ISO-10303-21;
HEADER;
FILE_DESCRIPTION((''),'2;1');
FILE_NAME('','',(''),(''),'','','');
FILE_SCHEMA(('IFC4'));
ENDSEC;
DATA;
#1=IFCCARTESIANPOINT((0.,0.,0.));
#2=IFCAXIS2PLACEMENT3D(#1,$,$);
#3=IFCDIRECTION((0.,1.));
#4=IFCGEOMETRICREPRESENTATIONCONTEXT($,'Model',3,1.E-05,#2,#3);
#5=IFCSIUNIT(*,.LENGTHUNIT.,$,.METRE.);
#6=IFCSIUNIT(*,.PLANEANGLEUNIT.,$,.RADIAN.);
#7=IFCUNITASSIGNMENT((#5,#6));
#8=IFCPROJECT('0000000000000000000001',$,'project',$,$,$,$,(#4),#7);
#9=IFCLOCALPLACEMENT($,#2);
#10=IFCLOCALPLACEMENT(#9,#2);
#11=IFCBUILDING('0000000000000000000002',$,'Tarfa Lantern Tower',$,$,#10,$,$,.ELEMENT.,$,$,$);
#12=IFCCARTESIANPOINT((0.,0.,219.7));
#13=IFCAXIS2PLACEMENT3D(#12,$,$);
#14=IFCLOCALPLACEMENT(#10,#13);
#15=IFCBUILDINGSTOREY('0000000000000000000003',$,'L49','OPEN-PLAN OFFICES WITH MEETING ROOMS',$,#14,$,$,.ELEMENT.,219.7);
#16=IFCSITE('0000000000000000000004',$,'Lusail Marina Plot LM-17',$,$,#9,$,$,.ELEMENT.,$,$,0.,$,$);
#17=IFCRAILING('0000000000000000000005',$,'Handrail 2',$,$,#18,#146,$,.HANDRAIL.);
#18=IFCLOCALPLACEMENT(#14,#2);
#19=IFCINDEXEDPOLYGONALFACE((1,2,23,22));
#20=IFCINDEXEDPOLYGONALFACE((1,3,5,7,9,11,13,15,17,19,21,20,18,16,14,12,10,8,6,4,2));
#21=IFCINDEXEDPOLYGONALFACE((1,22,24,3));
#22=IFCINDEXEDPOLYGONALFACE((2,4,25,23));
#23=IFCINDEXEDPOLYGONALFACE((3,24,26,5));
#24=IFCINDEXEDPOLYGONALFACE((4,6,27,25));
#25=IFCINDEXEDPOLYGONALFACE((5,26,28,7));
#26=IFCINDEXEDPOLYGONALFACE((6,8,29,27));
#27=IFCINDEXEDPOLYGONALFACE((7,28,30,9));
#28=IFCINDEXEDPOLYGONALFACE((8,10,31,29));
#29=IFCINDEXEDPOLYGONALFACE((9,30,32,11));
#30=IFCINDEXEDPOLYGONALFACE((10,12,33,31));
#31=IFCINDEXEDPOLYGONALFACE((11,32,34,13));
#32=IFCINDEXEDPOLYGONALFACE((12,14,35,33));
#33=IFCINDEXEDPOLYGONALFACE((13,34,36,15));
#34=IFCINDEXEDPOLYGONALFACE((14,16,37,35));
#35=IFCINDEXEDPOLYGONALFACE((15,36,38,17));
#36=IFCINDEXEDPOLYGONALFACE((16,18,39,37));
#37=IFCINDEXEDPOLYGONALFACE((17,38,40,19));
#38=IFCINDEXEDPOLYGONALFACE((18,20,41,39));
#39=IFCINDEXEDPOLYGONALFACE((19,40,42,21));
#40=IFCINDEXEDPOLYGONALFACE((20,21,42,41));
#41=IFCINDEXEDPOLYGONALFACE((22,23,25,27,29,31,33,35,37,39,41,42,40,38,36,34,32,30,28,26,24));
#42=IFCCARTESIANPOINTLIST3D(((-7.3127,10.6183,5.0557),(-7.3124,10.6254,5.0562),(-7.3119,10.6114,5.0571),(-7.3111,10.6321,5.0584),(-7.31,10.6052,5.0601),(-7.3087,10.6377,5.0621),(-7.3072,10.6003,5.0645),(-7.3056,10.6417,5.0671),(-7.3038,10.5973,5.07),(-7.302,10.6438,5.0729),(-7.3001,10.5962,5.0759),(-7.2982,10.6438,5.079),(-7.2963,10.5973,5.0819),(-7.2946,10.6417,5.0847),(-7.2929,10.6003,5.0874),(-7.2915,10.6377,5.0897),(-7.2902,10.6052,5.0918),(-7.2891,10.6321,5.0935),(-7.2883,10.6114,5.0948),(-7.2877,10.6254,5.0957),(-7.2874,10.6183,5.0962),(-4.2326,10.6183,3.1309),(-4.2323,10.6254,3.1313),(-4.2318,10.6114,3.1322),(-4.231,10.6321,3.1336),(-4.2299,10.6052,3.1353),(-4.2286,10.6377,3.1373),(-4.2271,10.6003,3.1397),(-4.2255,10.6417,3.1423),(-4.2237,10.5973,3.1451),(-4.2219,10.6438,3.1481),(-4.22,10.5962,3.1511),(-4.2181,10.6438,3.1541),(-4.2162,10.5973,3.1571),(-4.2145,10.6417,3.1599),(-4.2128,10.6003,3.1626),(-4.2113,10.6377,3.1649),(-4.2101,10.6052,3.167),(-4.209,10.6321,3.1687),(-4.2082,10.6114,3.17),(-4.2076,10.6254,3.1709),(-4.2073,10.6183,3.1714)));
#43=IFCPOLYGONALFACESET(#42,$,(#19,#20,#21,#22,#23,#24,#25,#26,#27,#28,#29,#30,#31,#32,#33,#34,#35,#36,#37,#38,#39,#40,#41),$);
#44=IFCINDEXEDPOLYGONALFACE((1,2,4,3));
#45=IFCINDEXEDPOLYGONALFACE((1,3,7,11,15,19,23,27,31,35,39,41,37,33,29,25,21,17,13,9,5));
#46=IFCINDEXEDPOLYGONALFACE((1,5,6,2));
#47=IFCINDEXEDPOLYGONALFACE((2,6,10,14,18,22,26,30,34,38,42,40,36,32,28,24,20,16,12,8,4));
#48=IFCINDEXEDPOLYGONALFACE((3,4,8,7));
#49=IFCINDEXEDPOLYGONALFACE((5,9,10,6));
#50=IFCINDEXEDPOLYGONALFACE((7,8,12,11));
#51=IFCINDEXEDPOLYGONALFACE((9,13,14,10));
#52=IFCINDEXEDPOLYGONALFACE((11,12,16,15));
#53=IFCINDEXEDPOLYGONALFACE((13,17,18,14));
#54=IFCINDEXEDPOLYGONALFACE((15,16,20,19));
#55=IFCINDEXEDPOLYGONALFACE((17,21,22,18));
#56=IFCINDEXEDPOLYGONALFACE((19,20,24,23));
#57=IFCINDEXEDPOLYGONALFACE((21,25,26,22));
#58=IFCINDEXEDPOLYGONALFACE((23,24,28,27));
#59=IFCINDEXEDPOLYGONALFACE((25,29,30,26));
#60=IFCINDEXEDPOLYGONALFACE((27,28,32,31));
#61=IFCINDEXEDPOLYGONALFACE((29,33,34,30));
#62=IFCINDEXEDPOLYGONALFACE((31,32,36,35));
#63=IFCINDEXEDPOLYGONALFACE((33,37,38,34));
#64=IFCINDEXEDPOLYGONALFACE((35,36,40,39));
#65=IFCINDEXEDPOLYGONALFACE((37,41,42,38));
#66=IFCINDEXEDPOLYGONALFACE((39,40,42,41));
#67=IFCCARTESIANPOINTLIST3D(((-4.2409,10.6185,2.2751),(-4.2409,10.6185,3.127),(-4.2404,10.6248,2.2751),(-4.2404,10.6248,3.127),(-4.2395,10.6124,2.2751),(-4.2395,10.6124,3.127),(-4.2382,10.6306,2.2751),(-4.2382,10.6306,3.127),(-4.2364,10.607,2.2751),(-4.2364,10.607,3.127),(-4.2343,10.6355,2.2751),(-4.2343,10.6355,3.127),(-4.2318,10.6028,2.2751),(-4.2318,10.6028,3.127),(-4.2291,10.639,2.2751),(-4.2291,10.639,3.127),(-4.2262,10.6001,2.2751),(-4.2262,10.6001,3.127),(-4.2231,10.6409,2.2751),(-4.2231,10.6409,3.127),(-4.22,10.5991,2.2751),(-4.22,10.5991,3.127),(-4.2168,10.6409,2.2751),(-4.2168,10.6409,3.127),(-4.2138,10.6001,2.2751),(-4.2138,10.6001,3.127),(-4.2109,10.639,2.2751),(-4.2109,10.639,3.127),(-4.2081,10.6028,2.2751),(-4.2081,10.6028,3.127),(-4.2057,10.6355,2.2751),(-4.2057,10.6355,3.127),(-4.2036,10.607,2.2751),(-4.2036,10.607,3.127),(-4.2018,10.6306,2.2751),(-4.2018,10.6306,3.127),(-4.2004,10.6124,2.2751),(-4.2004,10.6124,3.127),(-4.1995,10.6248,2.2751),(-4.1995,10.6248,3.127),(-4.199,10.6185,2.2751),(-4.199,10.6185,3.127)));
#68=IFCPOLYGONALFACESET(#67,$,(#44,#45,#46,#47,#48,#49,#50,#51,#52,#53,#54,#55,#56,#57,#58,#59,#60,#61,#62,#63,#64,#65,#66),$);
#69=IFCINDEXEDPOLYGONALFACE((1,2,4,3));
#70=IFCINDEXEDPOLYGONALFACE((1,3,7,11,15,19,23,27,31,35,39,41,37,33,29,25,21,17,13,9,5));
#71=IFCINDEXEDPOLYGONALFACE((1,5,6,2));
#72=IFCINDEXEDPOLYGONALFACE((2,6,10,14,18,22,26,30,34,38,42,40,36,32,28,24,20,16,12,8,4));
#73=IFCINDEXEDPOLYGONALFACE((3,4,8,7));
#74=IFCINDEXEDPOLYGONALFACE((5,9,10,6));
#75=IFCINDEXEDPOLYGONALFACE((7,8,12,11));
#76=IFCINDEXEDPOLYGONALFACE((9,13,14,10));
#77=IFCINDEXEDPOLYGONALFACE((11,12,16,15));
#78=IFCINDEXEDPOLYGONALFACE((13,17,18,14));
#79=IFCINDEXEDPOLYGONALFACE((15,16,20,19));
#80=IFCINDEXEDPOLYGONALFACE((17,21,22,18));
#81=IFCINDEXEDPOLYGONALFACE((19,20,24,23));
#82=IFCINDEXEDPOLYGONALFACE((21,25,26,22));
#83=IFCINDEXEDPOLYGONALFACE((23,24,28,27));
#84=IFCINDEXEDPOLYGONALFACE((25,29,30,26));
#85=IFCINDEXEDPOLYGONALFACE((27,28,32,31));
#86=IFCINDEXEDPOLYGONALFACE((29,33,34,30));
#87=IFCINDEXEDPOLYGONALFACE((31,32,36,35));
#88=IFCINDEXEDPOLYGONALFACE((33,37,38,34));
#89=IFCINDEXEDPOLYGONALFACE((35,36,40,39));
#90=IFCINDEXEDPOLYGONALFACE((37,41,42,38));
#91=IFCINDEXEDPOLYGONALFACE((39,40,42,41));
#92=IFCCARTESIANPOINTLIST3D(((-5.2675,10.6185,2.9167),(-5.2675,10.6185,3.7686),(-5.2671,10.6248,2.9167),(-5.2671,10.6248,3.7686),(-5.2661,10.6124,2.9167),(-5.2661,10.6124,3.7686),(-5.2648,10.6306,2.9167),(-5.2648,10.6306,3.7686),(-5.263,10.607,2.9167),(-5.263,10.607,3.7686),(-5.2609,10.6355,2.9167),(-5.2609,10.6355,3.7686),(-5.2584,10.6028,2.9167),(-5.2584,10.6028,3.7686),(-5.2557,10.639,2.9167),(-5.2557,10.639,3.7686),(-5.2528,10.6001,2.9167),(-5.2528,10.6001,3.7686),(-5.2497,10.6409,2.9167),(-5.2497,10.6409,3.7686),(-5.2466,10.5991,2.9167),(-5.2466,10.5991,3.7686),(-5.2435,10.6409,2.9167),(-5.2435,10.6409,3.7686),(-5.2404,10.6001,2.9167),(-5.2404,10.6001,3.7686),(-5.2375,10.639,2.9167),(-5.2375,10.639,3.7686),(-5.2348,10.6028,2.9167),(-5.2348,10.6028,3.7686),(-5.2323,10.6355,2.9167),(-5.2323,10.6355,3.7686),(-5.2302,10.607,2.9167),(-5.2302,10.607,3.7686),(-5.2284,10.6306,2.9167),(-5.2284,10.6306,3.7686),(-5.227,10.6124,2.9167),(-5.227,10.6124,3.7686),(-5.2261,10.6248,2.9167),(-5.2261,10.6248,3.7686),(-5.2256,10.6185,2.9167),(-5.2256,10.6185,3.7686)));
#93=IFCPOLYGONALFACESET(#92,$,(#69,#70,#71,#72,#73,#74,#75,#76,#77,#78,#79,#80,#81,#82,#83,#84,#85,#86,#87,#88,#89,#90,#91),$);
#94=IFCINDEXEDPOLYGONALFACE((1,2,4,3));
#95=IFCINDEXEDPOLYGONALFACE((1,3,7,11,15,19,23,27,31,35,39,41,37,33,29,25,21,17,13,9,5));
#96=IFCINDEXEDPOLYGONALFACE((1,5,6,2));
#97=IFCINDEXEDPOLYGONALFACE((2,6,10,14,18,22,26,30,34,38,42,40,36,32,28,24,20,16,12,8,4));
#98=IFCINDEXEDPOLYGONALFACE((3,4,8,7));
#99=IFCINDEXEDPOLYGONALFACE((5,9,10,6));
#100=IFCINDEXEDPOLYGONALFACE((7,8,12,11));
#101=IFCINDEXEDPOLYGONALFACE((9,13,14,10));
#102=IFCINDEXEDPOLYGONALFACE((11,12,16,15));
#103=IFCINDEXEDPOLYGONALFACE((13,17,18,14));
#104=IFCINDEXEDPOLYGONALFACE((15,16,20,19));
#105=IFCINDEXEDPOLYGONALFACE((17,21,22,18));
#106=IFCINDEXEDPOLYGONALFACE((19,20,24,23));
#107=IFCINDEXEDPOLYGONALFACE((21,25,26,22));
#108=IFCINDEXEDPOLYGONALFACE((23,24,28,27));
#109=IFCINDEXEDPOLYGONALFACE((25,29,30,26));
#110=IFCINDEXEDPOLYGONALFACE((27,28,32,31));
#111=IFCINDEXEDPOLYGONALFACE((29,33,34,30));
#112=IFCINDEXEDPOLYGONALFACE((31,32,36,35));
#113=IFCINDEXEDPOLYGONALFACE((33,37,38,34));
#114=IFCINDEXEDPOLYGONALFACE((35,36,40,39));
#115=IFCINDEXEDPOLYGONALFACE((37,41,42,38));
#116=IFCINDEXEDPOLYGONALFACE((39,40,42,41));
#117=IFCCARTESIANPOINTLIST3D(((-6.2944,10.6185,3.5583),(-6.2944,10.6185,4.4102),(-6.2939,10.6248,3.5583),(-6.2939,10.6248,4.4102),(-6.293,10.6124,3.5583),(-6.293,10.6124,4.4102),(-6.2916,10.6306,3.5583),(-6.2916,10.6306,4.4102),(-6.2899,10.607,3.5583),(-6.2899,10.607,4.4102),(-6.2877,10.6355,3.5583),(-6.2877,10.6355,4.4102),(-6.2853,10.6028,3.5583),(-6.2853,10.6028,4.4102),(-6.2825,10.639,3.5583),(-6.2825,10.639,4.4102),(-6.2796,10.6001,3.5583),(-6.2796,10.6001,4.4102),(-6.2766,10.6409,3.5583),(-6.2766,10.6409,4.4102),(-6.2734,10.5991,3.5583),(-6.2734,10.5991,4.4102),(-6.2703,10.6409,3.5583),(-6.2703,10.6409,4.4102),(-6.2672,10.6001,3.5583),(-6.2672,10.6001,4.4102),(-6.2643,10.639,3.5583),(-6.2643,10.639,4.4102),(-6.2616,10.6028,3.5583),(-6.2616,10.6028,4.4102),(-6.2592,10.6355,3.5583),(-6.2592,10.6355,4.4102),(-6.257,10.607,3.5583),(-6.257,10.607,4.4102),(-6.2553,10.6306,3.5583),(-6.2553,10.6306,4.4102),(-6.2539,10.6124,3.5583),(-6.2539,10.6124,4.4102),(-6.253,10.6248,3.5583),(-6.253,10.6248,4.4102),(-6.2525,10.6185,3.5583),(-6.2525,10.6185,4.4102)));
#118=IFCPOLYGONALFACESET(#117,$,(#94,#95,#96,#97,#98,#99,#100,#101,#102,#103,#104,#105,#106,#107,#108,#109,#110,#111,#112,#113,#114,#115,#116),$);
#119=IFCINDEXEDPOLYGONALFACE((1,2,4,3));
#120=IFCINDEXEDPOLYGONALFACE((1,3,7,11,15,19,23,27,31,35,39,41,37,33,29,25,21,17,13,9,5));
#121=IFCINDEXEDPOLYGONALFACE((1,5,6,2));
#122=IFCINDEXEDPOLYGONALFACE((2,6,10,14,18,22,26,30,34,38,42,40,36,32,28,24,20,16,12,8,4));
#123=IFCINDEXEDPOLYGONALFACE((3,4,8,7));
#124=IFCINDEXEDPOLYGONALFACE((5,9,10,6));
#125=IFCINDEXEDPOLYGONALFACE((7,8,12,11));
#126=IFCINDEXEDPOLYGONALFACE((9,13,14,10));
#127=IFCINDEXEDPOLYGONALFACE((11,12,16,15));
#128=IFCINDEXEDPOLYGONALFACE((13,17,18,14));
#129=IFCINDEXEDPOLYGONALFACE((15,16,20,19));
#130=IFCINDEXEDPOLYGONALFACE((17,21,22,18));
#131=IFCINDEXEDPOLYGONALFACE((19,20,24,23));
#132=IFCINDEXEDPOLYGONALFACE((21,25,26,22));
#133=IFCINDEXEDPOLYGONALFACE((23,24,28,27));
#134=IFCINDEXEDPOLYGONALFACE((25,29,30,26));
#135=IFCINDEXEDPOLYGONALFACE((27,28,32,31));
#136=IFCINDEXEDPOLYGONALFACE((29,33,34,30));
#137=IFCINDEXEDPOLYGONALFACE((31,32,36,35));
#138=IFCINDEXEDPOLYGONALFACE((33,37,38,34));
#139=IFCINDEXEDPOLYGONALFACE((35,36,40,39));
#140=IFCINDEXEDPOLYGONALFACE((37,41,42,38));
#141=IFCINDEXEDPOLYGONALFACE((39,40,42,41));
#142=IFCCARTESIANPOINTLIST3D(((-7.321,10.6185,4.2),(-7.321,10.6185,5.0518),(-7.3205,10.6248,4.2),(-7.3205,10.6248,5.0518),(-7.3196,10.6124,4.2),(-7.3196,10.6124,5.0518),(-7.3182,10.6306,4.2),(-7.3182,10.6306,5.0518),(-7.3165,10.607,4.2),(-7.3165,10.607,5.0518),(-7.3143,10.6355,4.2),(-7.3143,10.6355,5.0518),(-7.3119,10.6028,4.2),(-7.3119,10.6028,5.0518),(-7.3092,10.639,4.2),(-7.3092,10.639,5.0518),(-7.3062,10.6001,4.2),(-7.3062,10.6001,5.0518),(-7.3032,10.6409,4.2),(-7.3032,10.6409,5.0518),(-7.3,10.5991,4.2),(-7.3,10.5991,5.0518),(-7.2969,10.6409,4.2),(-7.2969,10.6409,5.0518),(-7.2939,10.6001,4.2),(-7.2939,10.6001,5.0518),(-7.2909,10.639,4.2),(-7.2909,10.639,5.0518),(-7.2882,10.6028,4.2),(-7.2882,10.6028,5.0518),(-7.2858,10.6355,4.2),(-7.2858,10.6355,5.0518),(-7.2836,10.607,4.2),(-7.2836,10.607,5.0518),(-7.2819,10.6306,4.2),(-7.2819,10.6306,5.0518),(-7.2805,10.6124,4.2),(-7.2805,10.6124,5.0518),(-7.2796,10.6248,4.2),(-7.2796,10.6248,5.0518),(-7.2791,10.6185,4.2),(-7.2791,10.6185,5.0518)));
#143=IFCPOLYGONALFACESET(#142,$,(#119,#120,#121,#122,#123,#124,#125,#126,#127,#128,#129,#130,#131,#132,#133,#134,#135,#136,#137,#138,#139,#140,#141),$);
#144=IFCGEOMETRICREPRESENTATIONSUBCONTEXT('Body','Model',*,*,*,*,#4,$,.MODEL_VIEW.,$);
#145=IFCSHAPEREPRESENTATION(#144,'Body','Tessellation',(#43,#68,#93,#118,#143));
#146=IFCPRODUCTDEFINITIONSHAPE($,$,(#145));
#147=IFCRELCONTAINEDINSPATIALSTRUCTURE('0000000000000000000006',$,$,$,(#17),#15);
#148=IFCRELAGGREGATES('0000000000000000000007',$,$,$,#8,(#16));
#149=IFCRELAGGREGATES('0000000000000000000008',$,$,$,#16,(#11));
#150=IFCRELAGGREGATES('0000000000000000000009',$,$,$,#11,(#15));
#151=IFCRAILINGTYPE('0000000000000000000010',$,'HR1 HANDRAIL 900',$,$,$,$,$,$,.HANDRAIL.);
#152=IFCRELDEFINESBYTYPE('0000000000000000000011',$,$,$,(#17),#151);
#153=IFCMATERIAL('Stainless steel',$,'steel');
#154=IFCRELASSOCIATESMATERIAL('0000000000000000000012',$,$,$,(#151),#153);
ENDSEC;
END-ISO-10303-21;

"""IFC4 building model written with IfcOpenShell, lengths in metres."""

from ifc_helpers import new_model, si_unit, direction, frame, origin, origin_2d, place, context, subcontext, project, spatial, circle, extrude, material, type_object, element, save


model = new_model("IFC4")

# Units and contexts
model_context = context("Model", 3, precision=1e-05, world=origin(), true_north=direction((0.0, 1.0)))
body_context = subcontext(model_context, "Body", "Model", "MODEL_VIEW")
ifc_project = project(units=[si_unit("LENGTHUNIT", "METRE"), si_unit("PLANEANGLEUNIT", "RADIAN")], contexts=[model_context])

# Site, building, storey
site_placement = place(None, origin())
site = spatial("IfcSite", under=ifc_project, at=site_placement, Name="Lusail Marina Plot LM-17", CompositionType="ELEMENT", RefElevation=0.0)
building_placement = place(site_placement, origin())
building = spatial("IfcBuilding", under=site, at=building_placement, Name="Tarfa Lantern Tower", CompositionType="ELEMENT")
storey_placement = place(building_placement, frame((0.0, 0.0, 219.7)))
storey = spatial("IfcBuildingStorey", under=building, at=storey_placement, Name="L49", Description="OPEN-PLAN OFFICES WITH MEETING ROOMS", CompositionType="ELEMENT", Elevation=219.7)

# Railing
ifc_material_1 = material(Name="Stainless steel", Category="steel")
railing_type = type_object("IfcRailingType", Name="HR1 HANDRAIL 900", PredefinedType="HANDRAIL", material=ifc_material_1)
railing_1_placement = place(storey_placement, frame((-4.22, 10.6201, 2.2751)))
element("IfcRailing", 1, at=railing_1_placement, inside=storey, type_object=railing_type, Name="Handrail 2", PredefinedType="HANDRAIL", context=body_context, shape_type="SweptSolid", body=[
    extrude(circle(Radius=0.0239, at=origin_2d()), frame((0.0, 0.0, 0.876), z_axis=(-0.848029, 0.0, 0.529951), x_axis=(0.0, -1.0, 0.0)), (0.0, 0.0, 1.0), 3.6321),
    extrude(circle(Radius=0.021, at=origin_2d()), frame((0.0, 0.0, 0.0), z_axis=(0.0, 0.0, 1.0), x_axis=(0.0, -1.0, 0.0)), (0.0, 0.0, 1.0), 0.8518),
    extrude(circle(Radius=0.021, at=origin_2d()), frame((-1.0266, 0.0, 0.6416), z_axis=(0.0, 0.0, 1.0), x_axis=(0.0, -1.0, 0.0)), (0.0, 0.0, 1.0), 0.8518),
    extrude(circle(Radius=0.021, at=origin_2d()), frame((-2.0535, 0.0, 1.2832), z_axis=(0.0, 0.0, 1.0), x_axis=(0.0, -1.0, 0.0)), (0.0, 0.0, 1.0), 0.8518),
    extrude(circle(Radius=0.021, at=origin_2d()), frame((-3.0801, 0.0, 1.9248), z_axis=(0.0, 0.0, 1.0), x_axis=(0.0, -1.0, 0.0)), (0.0, 0.0, 1.0), 0.8518),
])

save(model, "model.ifc")
